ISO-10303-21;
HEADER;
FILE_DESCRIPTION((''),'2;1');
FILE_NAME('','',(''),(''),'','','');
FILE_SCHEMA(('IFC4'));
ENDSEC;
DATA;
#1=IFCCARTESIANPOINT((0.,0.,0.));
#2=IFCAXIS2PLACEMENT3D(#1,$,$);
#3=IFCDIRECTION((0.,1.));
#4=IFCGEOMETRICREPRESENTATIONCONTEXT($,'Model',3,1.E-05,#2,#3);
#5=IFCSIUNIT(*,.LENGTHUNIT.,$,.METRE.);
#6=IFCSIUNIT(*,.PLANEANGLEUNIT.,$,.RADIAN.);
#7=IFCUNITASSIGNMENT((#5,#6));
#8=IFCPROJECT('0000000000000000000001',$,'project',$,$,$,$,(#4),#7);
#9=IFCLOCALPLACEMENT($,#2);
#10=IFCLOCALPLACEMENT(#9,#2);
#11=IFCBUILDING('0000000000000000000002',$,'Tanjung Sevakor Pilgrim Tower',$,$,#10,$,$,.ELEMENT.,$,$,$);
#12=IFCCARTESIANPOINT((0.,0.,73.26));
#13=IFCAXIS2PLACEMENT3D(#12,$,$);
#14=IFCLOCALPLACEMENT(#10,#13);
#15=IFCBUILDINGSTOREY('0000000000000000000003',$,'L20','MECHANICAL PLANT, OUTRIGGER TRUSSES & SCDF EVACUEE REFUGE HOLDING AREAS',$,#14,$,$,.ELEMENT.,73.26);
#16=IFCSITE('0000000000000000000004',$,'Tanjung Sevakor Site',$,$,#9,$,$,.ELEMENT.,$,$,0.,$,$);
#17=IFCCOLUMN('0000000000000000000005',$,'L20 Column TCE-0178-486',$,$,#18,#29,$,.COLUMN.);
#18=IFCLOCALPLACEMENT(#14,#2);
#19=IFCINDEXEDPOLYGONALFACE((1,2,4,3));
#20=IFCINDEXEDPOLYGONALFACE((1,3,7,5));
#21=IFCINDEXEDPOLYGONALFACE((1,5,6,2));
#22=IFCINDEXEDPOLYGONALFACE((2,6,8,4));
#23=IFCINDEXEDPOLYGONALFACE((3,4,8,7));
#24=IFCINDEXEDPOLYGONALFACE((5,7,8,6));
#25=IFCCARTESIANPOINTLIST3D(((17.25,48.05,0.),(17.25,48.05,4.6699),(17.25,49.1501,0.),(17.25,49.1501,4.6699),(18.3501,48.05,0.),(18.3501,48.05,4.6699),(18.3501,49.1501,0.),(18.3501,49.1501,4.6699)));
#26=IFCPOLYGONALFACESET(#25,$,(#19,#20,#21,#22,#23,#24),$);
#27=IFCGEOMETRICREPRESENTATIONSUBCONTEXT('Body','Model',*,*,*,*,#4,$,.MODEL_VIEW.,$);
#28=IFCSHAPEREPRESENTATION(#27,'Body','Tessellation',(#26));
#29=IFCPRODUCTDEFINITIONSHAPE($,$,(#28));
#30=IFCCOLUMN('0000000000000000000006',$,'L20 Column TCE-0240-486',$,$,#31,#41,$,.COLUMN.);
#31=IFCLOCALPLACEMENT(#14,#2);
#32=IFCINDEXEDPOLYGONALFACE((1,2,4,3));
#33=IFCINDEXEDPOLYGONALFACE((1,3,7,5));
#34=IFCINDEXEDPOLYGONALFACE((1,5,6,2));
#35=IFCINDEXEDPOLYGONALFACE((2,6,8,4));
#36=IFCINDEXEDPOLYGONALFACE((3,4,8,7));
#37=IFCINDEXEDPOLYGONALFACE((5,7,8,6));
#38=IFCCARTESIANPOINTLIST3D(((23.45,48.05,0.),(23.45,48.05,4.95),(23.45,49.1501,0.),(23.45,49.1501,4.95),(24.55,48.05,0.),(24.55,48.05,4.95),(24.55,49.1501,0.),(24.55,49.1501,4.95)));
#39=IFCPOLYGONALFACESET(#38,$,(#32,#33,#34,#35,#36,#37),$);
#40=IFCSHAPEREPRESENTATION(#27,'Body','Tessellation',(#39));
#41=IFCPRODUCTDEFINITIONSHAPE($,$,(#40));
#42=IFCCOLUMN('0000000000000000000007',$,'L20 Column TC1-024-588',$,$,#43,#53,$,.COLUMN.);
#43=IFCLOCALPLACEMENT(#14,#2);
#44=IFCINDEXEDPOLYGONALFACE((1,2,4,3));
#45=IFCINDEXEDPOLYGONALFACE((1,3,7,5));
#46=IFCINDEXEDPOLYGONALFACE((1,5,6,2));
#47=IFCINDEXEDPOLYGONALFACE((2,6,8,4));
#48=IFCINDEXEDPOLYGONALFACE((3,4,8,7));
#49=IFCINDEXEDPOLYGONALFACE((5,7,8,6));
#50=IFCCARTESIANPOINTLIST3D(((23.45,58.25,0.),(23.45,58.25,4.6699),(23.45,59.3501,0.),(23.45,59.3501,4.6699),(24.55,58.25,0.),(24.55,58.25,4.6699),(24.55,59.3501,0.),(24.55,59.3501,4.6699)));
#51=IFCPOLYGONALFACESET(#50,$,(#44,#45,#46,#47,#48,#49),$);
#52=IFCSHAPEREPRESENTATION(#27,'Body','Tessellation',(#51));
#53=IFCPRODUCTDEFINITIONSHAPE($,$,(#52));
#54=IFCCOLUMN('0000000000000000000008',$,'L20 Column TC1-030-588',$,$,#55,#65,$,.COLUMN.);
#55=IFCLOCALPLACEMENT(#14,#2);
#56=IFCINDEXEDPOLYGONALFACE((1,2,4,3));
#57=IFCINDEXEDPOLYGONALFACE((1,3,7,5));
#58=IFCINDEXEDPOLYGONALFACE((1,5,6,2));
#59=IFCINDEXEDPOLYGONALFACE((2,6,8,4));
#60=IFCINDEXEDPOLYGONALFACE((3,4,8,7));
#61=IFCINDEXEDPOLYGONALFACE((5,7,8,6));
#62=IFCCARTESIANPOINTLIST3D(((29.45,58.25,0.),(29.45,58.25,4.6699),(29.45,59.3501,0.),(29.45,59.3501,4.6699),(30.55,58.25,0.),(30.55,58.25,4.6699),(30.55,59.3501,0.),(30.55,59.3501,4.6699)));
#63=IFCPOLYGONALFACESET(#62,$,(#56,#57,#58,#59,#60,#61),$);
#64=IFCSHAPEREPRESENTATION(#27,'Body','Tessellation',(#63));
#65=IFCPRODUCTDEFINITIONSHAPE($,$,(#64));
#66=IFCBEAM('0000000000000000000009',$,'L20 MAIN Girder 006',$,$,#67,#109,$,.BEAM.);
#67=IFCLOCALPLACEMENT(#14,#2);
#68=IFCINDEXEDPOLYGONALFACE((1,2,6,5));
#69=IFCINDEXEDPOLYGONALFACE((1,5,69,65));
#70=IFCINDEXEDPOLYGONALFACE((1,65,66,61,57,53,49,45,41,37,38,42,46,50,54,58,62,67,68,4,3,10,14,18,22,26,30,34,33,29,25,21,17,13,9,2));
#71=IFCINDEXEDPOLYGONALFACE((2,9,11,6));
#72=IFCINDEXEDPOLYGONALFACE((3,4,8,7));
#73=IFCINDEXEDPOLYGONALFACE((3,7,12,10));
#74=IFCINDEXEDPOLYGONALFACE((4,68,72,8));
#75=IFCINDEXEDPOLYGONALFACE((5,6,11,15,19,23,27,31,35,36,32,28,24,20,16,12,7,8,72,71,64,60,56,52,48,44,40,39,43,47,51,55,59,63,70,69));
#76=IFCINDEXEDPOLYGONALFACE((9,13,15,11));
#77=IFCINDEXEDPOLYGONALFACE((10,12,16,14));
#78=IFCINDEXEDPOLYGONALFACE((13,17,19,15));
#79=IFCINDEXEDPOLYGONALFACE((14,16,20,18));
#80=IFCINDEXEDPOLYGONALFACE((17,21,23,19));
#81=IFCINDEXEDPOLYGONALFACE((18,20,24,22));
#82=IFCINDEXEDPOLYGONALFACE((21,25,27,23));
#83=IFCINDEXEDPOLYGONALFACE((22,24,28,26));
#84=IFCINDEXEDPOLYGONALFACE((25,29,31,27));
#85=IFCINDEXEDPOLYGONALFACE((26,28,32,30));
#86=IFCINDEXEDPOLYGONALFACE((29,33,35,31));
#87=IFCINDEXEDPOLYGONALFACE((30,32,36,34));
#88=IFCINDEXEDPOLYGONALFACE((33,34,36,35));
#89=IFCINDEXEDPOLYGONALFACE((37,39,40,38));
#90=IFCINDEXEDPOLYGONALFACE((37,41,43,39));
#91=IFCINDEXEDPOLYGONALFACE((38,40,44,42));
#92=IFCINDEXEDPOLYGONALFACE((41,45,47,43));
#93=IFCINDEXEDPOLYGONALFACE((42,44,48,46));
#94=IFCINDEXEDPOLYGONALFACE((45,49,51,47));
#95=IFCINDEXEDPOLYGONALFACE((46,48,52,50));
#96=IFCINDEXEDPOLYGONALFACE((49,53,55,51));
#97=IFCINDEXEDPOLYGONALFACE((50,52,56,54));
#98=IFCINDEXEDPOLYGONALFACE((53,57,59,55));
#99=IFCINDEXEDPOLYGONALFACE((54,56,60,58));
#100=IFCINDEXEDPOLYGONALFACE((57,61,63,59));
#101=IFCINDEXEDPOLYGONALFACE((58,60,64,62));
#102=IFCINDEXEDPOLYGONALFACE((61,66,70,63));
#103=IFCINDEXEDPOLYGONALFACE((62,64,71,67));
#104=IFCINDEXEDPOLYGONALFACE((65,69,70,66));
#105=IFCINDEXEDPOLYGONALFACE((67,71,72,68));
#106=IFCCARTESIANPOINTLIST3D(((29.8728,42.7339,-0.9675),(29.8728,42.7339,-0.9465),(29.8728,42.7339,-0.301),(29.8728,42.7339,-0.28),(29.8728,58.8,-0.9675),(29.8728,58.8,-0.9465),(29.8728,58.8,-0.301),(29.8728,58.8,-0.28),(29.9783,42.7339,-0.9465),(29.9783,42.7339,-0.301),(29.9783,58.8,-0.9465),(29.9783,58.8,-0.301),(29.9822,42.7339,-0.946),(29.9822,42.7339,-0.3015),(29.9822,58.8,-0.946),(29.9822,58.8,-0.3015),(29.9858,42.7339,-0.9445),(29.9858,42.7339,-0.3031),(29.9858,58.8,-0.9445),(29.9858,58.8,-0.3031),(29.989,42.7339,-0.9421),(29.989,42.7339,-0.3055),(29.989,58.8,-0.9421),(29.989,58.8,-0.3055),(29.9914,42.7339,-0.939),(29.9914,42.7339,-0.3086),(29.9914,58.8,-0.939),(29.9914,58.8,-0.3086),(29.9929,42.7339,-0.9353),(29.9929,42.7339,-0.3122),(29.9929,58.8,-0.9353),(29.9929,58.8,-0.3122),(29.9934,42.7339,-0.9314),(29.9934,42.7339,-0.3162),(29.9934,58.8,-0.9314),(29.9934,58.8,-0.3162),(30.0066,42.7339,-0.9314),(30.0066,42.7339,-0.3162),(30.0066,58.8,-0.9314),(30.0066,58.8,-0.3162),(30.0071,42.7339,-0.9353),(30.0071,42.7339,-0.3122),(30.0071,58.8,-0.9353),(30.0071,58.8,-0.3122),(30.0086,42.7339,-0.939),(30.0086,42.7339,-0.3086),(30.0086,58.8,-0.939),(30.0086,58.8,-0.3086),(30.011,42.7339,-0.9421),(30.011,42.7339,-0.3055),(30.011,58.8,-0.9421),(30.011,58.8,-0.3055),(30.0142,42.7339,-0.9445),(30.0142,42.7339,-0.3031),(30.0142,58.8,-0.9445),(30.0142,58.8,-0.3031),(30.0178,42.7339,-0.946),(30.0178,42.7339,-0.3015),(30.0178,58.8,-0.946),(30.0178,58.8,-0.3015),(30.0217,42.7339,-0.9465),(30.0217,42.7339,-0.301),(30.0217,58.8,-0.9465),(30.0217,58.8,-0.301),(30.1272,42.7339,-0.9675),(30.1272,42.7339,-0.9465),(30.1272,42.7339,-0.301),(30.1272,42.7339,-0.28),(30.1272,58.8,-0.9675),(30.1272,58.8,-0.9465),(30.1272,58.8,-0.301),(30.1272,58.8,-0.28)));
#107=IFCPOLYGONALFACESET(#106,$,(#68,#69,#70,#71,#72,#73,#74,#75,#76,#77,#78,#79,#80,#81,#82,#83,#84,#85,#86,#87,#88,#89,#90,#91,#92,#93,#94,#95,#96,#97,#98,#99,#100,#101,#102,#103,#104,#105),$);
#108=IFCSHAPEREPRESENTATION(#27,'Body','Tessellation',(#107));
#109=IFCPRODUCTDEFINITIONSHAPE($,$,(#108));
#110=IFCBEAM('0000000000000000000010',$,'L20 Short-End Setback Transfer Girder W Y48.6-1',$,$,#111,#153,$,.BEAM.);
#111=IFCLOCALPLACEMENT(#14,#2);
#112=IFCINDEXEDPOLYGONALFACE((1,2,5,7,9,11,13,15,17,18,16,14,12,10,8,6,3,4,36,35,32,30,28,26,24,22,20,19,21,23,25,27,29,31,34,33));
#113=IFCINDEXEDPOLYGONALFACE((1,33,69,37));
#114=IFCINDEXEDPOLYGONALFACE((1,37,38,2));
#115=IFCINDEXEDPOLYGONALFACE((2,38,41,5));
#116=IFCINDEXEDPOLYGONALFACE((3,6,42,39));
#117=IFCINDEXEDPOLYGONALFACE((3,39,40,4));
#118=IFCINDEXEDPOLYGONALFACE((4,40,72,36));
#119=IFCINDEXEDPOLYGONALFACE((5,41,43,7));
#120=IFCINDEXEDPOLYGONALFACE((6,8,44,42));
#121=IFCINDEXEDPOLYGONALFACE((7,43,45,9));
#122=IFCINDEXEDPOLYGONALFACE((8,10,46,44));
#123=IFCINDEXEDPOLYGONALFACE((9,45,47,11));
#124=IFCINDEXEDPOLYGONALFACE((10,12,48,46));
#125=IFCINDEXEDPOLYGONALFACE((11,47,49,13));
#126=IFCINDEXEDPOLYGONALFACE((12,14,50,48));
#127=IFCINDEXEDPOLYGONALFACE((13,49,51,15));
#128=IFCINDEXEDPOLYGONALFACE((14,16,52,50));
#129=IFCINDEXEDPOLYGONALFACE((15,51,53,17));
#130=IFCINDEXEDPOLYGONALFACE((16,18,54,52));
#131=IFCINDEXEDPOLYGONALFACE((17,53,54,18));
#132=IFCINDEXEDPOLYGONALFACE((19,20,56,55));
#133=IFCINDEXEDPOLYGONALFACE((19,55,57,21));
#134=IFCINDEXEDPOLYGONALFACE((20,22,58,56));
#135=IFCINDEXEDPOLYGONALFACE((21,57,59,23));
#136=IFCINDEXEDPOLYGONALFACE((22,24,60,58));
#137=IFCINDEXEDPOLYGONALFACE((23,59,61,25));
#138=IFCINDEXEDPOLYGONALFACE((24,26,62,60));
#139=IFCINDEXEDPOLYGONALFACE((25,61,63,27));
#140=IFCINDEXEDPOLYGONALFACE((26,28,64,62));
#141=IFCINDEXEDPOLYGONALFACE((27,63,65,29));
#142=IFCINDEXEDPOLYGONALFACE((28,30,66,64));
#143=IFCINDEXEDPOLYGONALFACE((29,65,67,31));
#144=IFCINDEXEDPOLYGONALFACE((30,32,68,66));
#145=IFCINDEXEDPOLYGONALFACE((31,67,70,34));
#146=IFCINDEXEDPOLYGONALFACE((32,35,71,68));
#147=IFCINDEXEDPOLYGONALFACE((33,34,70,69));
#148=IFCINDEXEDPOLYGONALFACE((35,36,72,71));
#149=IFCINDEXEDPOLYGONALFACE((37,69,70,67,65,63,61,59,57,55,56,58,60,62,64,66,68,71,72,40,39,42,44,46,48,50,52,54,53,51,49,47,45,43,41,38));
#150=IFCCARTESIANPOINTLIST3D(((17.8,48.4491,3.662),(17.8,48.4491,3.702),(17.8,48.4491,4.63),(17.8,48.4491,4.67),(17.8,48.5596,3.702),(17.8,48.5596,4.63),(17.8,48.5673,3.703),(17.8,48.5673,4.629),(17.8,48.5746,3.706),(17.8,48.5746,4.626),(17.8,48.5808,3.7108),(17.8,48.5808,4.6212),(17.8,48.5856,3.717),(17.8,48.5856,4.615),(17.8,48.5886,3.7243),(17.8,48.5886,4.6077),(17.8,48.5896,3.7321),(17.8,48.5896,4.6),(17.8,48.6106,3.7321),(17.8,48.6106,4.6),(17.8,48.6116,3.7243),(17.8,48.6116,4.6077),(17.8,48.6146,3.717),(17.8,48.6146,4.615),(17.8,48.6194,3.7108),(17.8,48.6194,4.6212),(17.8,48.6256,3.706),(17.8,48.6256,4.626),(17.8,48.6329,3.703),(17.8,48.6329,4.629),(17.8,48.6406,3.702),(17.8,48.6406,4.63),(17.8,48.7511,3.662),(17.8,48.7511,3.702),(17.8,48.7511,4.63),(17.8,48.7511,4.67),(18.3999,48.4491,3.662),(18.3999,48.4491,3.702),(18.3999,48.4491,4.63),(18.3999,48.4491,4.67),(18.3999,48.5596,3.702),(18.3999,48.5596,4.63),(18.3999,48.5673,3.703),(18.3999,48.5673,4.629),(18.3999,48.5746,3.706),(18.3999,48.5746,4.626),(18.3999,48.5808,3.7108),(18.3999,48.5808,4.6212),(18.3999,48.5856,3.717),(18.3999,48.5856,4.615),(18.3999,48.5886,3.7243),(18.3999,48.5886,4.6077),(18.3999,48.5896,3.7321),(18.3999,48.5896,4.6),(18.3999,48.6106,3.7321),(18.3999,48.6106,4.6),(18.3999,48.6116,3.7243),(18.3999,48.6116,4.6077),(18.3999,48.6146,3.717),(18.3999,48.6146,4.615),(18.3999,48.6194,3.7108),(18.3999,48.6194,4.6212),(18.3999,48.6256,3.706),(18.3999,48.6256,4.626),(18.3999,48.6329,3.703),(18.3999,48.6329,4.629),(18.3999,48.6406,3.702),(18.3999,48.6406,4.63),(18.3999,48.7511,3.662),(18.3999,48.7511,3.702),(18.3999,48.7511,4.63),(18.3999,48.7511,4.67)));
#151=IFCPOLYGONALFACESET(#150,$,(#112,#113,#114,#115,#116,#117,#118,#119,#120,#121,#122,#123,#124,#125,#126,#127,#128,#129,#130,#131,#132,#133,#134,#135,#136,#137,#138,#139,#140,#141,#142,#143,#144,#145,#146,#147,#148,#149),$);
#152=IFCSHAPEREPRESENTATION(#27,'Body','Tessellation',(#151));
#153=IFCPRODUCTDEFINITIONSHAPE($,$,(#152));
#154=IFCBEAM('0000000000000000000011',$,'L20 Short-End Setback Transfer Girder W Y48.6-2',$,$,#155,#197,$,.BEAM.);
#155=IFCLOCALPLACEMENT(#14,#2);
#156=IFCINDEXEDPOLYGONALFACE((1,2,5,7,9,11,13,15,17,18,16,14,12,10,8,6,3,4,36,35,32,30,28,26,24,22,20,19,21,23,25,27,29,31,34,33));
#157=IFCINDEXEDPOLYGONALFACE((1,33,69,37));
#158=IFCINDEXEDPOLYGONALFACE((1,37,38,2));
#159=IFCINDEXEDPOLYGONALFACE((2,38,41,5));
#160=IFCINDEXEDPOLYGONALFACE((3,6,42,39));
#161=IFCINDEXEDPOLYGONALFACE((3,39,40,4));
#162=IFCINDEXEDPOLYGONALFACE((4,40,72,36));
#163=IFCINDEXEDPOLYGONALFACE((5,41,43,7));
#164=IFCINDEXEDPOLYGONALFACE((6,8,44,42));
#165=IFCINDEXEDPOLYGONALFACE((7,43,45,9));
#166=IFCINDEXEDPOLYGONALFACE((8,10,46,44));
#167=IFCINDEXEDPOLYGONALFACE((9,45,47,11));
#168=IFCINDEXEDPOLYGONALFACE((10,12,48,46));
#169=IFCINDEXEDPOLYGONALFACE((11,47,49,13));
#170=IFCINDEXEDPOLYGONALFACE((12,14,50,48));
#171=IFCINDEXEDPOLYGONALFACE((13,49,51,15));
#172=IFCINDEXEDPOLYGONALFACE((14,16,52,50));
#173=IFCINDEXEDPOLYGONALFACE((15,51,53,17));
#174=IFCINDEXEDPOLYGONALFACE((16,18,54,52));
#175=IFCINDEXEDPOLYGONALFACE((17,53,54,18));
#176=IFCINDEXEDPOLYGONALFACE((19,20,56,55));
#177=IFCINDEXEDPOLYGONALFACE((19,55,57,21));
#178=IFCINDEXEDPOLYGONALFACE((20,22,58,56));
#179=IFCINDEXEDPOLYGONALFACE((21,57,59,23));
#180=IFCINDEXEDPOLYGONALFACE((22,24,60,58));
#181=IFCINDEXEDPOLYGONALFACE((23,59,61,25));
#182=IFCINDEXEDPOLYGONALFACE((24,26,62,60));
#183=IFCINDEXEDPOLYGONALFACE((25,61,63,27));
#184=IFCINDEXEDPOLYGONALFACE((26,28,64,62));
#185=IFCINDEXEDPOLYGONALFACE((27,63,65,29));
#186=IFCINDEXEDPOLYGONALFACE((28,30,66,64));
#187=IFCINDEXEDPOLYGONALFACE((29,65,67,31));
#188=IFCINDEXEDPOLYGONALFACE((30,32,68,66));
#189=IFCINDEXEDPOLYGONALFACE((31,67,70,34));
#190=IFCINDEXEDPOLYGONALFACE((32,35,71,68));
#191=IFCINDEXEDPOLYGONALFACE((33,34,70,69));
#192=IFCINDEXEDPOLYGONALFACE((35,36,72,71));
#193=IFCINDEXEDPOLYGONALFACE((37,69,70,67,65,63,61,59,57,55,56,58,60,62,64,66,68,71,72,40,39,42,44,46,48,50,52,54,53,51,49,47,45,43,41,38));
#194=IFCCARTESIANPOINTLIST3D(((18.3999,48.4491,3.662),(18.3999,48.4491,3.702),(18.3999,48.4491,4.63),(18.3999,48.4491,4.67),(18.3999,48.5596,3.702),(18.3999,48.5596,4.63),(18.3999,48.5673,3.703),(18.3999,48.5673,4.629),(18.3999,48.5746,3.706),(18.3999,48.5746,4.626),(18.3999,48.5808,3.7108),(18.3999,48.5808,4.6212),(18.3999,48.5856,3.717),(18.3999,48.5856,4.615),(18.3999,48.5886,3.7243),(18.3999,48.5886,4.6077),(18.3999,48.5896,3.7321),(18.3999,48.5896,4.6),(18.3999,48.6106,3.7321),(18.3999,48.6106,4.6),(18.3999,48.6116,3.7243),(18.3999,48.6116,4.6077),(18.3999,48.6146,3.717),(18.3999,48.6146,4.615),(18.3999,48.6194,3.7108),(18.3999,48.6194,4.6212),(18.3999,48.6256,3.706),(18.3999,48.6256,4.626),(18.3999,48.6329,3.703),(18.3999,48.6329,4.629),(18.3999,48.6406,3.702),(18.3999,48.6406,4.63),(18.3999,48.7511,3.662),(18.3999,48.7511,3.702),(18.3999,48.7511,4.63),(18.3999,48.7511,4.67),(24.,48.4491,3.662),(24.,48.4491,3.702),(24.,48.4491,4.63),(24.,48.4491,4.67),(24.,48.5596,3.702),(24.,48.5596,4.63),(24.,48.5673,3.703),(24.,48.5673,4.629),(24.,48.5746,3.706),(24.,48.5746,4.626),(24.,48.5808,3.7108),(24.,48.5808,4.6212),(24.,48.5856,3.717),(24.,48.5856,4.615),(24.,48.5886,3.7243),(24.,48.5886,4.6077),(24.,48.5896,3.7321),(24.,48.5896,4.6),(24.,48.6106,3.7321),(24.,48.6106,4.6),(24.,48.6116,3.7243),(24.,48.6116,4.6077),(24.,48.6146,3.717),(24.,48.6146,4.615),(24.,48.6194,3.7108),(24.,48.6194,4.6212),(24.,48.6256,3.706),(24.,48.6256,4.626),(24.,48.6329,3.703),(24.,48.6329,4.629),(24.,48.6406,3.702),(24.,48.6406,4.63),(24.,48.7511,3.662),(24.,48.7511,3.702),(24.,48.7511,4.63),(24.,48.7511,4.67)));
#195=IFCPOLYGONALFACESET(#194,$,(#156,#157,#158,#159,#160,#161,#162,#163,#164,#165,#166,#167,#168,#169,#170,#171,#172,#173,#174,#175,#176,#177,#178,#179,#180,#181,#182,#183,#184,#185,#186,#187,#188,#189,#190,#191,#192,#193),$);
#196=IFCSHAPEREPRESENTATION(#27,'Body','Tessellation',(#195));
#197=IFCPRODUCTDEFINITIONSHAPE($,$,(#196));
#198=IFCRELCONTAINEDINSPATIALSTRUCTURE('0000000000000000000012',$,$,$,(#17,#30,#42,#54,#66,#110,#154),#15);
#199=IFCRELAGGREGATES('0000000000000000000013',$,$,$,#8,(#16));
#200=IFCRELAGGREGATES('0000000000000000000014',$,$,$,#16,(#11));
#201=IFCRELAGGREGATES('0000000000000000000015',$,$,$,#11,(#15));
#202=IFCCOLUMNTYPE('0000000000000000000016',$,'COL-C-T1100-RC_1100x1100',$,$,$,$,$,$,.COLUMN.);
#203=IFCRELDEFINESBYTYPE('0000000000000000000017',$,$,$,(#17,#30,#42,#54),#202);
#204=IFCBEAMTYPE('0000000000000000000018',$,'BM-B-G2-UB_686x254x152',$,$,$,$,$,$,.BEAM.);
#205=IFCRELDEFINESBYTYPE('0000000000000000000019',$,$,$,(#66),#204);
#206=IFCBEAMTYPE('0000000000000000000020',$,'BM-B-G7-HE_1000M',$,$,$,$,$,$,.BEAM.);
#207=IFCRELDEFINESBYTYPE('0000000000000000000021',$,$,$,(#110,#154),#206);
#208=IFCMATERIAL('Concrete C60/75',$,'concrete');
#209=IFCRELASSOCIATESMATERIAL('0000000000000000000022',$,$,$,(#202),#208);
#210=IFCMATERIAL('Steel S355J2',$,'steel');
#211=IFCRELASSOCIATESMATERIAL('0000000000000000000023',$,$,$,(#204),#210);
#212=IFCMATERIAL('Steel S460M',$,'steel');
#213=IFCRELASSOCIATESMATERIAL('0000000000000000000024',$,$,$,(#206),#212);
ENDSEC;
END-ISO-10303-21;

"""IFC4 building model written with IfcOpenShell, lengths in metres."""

from ifc_helpers import new_model, si_unit, direction, frame, origin, origin_2d, place, context, subcontext, project, spatial, rectangle, i_section, extrude, material, material_profile, profile_set, type_object, element, save


model = new_model("IFC4")

# Units and contexts
model_context = context("Model", 3, precision=1e-05, world=origin(), true_north=direction((0.0, 1.0)))
body_context = subcontext(model_context, "Body", "Model", "MODEL_VIEW")
ifc_project = project(units=[si_unit("LENGTHUNIT", "METRE"), si_unit("PLANEANGLEUNIT", "RADIAN")], contexts=[model_context])

# Site, building, storey
site_placement = place(None, origin())
site = spatial("IfcSite", under=ifc_project, at=site_placement, Name="Tanjung Sevakor Site", CompositionType="ELEMENT", RefElevation=0.0)
building_placement = place(site_placement, origin())
building = spatial("IfcBuilding", under=site, at=building_placement, Name="Tanjung Sevakor Pilgrim Tower", CompositionType="ELEMENT")
storey_placement = place(building_placement, frame((0.0, 0.0, 73.26)))
storey = spatial("IfcBuildingStorey", under=building, at=storey_placement, Name="L20", Description="MECHANICAL PLANT, OUTRIGGER TRUSSES & SCDF EVACUEE REFUGE HOLDING AREAS", CompositionType="ELEMENT", Elevation=73.26)

# Columns
ifc_material_1 = material(Name="Concrete C60/75", Category="concrete")
ifc_material_profile_1 = material_profile(ifc_material_1, rectangle(XDim=1.1001, YDim=1.1001, at=origin_2d()))
ifc_profile_set_1 = profile_set([ifc_material_profile_1], Name="Concrete C60/75")
column_type = type_object("IfcColumnType", Name="COL-C-T1100-RC_1100x1100", PredefinedType="COLUMN", material=ifc_profile_set_1)
column_1_placement = place(storey_placement, frame((17.8, 48.6001, 0.0), z_axis=(0.0, 0.0, 1.0), x_axis=(1.0, 0.0, 0.0)))
element("IfcColumn", 1, at=column_1_placement, inside=storey, type_object=column_type, Name="L20 Column TCE-0178-486", PredefinedType="COLUMN", context=body_context, shape_type="SweptSolid", body=[
    extrude(rectangle(XDim=1.1001, YDim=1.1001, at=origin_2d()), origin(), (0.0, 0.0, 1.0), 4.6699),
])
column_2_placement = place(storey_placement, frame((24.0, 48.6001, 0.0), z_axis=(0.0, 0.0, 1.0), x_axis=(1.0, 0.0, 0.0)))
element("IfcColumn", 2, at=column_2_placement, inside=storey, type_object=column_type, Name="L20 Column TCE-0240-486", PredefinedType="COLUMN", context=body_context, shape_type="SweptSolid", body=[
    extrude(rectangle(XDim=1.1001, YDim=1.1001, at=origin_2d()), origin(), (0.0, 0.0, 1.0), 4.95),
])
for number, where, z_axis, x_axis, name in (
    (3, (24.0, 58.8, 0.0), (0.0, 0.0, 1.0), (1.0, 0.0, 0.0), "L20 Column TC1-024-588"),
    (4, (30.0, 58.8, 0.0), (0.0, 0.0, 1.0), (1.0, 0.0, 0.0), "L20 Column TC1-030-588"),
):
    element("IfcColumn", number, at=place(storey_placement, frame(where, z_axis=z_axis, x_axis=x_axis)), inside=storey, type_object=column_type, Name=name, PredefinedType="COLUMN", context=body_context, shape_type="SweptSolid", body=[
        extrude(rectangle(XDim=1.1001, YDim=1.1001, at=origin_2d()), origin(), (0.0, 0.0, 1.0), 4.6699),
    ])

# Beams
ifc_material_2 = material(Name="Steel S355J2", Category="steel")
ifc_material_profile_2 = material_profile(ifc_material_2, i_section(OverallWidth=0.2544, OverallDepth=0.6875, WebThickness=0.0132, FlangeThickness=0.021, FilletRadius=0.0151, at=origin_2d()))
ifc_profile_set_2 = profile_set([ifc_material_profile_2], Name="Steel S355J2")
beam_type_1 = type_object("IfcBeamType", Name="BM-B-G2-UB_686x254x152", PredefinedType="BEAM", material=ifc_profile_set_2)
beam_1_placement = place(storey_placement, frame((30.0, 42.7339, -0.6238), z_axis=(0.0, 1.0, 0.0), x_axis=(-1.0, 0.0, 0.0)))
element("IfcBeam", 5, at=beam_1_placement, inside=storey, type_object=beam_type_1, Name="L20 MAIN Girder 006", PredefinedType="BEAM", context=body_context, shape_type="SweptSolid", body=[
    extrude(i_section(OverallWidth=0.2544, OverallDepth=0.6875, WebThickness=0.0132, FlangeThickness=0.021, FilletRadius=0.0151, at=origin_2d()), origin(), (0.0, 0.0, 1.0), 16.0662),
])
ifc_material_3 = material(Name="Steel S460M", Category="steel")
ifc_material_profile_3 = material_profile(ifc_material_3, i_section(OverallWidth=0.302, OverallDepth=1.0081, WebThickness=0.021, FlangeThickness=0.04, FilletRadius=0.03, at=origin_2d()))
ifc_profile_set_3 = profile_set([ifc_material_profile_3], Name="Steel S460M")
beam_type_2 = type_object("IfcBeamType", Name="BM-B-G7-HE_1000M", PredefinedType="BEAM", material=ifc_profile_set_3)
beam_2_placement = place(storey_placement, frame((17.8, 48.6001, 4.166), z_axis=(1.0, 0.0, 0.0), x_axis=(0.0, 1.0, 0.0)))
element("IfcBeam", 6, at=beam_2_placement, inside=storey, type_object=beam_type_2, Name="L20 Short-End Setback Transfer Girder W Y48.6-1", PredefinedType="BEAM", context=body_context, shape_type="SweptSolid", body=[
    extrude(i_section(OverallWidth=0.302, OverallDepth=1.0081, WebThickness=0.021, FlangeThickness=0.04, FilletRadius=0.03, at=origin_2d()), origin(), (0.0, 0.0, 1.0), 0.5999),
])
beam_3_placement = place(storey_placement, frame((18.3999, 48.6001, 4.166), z_axis=(1.0, 0.0, 0.0), x_axis=(0.0, 1.0, 0.0)))
element("IfcBeam", 7, at=beam_3_placement, inside=storey, type_object=beam_type_2, Name="L20 Short-End Setback Transfer Girder W Y48.6-2", PredefinedType="BEAM", context=body_context, shape_type="SweptSolid", body=[
    extrude(i_section(OverallWidth=0.302, OverallDepth=1.0081, WebThickness=0.021, FlangeThickness=0.04, FilletRadius=0.03, at=origin_2d()), origin(), (0.0, 0.0, 1.0), 5.6001),
])

save(model, "model.ifc")
